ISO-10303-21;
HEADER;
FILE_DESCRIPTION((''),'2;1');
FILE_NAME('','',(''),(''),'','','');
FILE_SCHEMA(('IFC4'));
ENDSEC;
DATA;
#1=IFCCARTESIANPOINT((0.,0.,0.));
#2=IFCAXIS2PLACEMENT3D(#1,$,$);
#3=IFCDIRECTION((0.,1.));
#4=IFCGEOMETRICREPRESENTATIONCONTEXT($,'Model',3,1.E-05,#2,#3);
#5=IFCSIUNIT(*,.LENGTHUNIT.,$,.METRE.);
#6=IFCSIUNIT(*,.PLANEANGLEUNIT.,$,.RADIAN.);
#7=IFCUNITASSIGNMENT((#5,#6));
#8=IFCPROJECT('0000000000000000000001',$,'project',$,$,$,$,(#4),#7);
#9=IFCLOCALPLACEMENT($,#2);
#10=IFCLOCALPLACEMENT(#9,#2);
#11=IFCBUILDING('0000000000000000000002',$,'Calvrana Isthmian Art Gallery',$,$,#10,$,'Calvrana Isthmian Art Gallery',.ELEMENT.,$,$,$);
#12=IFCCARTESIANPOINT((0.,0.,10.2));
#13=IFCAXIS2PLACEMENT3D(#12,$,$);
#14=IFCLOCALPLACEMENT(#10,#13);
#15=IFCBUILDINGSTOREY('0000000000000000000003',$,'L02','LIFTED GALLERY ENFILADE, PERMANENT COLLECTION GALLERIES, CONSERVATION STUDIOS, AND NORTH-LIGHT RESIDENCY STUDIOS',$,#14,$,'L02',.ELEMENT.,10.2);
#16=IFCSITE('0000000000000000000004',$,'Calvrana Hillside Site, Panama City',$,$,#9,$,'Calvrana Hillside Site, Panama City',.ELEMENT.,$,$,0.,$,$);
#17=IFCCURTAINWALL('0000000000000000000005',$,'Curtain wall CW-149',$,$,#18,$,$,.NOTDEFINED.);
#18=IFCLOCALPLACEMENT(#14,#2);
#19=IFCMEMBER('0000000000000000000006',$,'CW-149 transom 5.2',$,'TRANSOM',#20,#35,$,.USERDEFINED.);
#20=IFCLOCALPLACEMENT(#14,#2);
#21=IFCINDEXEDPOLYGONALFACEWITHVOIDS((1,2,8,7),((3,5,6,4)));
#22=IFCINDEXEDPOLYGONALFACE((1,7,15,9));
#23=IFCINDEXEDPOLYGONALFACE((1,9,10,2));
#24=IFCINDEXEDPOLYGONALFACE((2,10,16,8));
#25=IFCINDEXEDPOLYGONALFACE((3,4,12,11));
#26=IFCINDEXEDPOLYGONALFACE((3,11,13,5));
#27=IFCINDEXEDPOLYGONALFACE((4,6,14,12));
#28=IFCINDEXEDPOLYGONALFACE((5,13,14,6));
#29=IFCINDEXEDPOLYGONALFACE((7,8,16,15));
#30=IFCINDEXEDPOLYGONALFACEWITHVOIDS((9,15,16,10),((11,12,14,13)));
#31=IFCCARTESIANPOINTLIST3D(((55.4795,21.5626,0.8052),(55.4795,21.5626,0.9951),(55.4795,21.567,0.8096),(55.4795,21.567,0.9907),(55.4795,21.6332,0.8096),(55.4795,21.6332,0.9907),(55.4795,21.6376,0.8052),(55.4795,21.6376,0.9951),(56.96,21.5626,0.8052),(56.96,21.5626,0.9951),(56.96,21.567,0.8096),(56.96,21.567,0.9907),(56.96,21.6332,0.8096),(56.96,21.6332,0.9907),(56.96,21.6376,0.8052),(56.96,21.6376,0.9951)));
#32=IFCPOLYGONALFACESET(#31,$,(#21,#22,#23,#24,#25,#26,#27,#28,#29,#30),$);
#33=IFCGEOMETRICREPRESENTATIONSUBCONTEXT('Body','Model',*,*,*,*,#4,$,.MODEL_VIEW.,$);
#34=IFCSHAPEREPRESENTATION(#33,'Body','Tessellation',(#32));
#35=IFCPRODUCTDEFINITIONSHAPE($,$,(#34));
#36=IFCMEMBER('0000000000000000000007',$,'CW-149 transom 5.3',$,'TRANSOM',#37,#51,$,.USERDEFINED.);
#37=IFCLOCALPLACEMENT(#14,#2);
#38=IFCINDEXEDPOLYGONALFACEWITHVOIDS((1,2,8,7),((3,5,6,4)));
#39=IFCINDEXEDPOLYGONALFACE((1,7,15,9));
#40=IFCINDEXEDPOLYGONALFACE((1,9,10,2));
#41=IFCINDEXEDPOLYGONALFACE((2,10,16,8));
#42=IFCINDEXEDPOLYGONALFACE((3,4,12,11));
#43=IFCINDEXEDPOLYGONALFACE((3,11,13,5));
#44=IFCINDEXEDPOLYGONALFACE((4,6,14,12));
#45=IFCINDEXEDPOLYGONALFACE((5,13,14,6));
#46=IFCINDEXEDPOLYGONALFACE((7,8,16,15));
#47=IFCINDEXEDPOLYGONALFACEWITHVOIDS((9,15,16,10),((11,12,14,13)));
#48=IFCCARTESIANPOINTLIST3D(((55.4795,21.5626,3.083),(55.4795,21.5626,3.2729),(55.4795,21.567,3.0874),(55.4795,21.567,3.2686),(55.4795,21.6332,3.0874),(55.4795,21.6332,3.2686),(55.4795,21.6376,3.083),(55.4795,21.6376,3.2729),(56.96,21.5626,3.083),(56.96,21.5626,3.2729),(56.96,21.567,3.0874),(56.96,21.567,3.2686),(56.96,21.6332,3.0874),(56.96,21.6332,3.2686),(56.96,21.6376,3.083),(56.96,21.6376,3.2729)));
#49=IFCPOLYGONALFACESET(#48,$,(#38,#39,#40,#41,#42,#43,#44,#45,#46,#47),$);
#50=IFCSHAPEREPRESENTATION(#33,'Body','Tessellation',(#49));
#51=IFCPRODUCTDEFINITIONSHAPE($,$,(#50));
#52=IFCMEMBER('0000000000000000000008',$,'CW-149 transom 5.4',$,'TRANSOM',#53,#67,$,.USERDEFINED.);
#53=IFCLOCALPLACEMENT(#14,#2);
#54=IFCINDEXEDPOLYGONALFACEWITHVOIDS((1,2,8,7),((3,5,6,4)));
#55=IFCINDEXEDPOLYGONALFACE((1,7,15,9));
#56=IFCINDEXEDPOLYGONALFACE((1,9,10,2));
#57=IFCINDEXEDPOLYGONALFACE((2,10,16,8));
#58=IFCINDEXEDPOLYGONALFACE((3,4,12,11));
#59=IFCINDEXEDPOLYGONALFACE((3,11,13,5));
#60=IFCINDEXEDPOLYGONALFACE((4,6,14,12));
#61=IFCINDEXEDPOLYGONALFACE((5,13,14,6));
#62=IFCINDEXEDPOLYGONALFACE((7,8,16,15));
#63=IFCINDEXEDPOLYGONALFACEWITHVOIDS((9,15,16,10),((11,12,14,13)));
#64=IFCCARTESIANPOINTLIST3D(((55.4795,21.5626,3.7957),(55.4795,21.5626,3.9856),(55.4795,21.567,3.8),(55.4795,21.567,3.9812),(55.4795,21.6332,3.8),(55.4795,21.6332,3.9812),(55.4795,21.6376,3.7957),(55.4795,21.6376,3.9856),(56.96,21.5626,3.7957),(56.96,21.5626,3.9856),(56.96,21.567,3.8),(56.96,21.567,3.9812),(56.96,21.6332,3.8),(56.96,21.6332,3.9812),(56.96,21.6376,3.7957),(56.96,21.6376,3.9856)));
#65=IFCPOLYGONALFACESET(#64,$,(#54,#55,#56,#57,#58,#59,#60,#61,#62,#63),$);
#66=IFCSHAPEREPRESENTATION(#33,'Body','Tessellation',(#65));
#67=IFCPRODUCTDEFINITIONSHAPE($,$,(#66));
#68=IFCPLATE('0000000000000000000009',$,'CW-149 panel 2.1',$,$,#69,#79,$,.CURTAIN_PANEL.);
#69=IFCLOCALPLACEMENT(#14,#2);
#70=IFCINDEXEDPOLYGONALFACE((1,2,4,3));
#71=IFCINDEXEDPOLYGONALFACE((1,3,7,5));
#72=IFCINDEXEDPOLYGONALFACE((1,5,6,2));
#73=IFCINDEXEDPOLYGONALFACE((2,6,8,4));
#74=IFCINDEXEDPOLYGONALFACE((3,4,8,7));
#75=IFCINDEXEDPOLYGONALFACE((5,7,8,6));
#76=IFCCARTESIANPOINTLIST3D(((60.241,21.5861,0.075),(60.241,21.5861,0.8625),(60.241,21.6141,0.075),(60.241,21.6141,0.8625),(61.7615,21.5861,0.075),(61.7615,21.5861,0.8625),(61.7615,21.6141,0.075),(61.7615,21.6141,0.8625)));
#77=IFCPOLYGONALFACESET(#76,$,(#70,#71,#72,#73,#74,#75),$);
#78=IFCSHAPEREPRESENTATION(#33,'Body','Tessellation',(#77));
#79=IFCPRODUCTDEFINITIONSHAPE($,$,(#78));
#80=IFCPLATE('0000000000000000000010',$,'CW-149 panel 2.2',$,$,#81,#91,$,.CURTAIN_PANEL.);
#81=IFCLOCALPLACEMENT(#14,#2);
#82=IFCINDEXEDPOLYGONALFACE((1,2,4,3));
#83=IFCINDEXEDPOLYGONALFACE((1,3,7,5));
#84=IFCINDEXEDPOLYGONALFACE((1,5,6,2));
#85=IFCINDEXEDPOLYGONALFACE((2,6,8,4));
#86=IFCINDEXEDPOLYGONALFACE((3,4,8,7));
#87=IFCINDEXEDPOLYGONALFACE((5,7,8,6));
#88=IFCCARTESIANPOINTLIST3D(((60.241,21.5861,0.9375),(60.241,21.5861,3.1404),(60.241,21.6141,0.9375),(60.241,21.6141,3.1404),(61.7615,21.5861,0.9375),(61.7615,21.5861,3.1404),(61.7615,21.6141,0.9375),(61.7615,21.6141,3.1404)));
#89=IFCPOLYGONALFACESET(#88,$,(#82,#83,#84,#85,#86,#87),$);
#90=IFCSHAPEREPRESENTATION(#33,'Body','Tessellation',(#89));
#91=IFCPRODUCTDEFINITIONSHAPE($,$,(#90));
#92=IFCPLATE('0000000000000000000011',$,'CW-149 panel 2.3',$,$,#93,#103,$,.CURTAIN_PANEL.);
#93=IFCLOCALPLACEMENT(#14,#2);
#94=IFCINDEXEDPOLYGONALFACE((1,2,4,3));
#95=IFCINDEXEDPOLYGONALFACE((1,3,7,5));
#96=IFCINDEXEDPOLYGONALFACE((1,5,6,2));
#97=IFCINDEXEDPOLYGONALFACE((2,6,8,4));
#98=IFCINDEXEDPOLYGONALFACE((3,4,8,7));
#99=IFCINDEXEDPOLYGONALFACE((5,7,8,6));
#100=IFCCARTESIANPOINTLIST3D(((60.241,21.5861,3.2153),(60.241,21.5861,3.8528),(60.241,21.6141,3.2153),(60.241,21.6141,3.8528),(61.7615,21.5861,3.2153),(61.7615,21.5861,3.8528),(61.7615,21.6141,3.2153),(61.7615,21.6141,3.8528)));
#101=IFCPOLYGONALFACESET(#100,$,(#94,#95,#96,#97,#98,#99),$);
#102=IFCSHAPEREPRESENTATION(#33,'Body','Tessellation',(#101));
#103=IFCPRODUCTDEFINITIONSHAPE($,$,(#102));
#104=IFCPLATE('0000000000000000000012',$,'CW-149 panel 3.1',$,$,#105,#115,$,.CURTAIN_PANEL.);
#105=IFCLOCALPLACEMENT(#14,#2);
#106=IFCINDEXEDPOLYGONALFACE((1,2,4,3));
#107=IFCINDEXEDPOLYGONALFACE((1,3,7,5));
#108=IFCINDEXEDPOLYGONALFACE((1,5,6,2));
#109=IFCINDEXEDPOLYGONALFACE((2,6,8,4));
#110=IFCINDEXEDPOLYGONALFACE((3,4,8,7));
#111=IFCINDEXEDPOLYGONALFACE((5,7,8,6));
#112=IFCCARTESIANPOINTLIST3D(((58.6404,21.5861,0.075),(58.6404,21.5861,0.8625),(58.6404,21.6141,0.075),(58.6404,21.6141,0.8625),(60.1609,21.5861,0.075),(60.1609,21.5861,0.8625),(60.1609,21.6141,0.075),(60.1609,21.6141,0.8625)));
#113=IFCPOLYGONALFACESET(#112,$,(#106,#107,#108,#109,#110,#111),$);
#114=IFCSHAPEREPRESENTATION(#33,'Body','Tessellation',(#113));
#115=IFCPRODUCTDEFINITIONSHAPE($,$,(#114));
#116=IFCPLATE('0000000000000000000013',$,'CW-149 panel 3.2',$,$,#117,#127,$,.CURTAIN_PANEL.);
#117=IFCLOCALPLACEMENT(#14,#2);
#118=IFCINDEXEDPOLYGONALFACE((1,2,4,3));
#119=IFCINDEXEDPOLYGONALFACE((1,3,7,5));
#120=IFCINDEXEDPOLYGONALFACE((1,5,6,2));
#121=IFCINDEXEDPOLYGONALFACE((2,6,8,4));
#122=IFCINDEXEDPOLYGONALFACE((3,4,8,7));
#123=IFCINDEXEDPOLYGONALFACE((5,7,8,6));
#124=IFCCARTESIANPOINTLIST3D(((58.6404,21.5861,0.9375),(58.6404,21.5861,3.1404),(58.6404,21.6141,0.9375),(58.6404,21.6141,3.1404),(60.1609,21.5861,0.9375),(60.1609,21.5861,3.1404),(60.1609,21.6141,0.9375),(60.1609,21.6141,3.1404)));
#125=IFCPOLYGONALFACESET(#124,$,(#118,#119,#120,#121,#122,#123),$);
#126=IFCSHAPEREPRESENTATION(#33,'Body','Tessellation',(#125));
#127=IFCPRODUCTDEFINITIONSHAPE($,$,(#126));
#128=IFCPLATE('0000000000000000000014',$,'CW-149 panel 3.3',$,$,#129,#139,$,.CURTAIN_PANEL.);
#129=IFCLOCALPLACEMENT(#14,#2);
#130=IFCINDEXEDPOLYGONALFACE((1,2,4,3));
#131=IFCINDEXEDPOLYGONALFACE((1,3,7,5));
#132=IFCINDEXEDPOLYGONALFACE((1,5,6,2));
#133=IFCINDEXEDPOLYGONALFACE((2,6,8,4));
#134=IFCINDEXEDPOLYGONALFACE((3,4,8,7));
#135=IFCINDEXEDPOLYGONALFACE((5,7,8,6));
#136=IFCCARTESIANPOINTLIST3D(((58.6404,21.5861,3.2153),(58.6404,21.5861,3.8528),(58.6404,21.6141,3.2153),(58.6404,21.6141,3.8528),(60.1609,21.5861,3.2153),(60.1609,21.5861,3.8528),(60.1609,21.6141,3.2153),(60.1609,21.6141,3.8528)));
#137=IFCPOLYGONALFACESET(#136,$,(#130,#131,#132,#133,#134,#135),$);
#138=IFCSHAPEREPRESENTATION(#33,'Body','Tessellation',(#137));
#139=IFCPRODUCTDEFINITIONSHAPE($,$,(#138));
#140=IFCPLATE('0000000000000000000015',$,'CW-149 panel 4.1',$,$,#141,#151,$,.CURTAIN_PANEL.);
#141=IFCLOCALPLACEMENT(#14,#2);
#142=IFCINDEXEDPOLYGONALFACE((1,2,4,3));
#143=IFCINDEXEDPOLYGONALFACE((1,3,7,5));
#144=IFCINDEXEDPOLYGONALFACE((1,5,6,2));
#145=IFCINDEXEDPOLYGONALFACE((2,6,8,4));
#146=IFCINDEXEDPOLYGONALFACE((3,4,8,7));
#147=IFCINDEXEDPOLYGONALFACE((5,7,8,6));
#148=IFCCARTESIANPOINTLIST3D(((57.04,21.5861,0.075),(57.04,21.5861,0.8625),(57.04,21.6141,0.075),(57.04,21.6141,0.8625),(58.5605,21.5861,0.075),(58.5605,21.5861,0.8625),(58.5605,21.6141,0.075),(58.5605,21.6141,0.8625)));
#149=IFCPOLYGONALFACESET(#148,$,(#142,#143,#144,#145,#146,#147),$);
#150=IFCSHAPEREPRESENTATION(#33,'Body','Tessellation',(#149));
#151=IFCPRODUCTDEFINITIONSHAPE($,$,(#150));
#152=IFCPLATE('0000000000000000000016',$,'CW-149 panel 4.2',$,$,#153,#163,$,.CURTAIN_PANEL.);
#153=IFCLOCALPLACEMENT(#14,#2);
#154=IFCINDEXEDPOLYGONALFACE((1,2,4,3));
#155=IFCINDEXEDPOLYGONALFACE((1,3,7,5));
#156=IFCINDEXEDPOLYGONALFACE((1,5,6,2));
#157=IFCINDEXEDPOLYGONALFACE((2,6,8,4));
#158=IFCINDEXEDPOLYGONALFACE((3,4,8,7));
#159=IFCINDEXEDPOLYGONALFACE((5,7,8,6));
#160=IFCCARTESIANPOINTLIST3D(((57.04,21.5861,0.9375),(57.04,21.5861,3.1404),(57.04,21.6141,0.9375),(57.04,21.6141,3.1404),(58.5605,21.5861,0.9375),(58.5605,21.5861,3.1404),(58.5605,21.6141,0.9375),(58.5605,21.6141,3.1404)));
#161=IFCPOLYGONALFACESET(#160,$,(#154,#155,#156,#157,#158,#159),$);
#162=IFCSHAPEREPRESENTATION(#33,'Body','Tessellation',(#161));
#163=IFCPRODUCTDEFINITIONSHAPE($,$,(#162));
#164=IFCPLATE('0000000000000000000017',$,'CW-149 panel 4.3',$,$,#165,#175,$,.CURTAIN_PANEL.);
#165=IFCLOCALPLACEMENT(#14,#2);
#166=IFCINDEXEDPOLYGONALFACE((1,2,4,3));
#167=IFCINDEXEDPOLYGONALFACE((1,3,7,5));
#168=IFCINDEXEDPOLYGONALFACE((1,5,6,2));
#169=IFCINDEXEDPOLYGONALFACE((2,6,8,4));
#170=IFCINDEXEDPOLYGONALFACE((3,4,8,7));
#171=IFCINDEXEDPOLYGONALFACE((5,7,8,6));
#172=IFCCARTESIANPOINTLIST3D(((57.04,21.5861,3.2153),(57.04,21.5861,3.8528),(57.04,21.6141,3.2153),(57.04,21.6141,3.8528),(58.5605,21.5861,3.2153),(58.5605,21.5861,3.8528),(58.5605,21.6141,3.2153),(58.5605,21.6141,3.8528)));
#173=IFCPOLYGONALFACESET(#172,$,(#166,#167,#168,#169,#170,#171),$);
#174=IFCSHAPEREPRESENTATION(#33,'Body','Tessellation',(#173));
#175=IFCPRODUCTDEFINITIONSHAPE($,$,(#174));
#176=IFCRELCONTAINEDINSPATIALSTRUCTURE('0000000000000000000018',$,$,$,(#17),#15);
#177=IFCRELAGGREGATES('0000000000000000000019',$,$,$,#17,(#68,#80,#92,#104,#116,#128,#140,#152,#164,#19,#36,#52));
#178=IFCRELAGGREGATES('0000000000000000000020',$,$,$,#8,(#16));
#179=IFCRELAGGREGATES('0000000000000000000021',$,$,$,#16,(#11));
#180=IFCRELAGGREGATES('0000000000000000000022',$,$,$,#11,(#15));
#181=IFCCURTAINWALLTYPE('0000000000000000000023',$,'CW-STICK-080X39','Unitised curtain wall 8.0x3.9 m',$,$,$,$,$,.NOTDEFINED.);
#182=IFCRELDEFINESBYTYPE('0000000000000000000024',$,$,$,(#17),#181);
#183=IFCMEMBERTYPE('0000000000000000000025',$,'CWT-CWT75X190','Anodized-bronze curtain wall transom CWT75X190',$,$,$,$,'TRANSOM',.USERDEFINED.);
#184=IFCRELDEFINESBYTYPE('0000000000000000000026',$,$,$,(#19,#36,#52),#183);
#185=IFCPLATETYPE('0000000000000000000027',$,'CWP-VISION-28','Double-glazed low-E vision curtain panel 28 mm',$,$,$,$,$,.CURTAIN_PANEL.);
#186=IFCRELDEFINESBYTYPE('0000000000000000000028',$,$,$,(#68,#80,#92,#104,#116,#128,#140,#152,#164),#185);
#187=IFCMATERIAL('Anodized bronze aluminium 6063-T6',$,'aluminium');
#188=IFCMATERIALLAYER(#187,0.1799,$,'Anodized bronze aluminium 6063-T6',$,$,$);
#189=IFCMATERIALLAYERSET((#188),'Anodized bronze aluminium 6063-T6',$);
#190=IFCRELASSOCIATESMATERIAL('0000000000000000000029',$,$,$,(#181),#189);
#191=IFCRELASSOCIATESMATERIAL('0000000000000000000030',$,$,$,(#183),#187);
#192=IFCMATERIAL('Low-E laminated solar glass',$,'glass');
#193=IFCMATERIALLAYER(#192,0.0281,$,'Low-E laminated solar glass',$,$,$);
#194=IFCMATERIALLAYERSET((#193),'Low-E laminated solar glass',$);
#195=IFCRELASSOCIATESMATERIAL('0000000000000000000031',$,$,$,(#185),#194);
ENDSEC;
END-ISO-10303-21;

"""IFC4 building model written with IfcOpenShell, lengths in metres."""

from ifc_helpers import new_model, si_unit, direction, frame, origin, origin_2d, place, context, subcontext, project, spatial, rectangle, hollow_rectangle, extrude, material, layer, layer_set, material_profile, profile_set, type_object, element, aggregate, save


model = new_model("IFC4")

# Units and contexts
model_context = context("Model", 3, precision=1e-05, world=origin(), true_north=direction((0.0, 1.0)))
body_context = subcontext(model_context, "Body", "Model", "MODEL_VIEW")
ifc_project = project(units=[si_unit("LENGTHUNIT", "METRE"), si_unit("PLANEANGLEUNIT", "RADIAN")], contexts=[model_context])

# Site, building, storey
site_placement = place(None, origin())
site = spatial("IfcSite", under=ifc_project, at=site_placement, Name="Calvrana Hillside Site, Panama City", LongName="Calvrana Hillside Site, Panama City", CompositionType="ELEMENT", RefElevation=0.0)
building_placement = place(site_placement, origin())
building = spatial("IfcBuilding", under=site, at=building_placement, Name="Calvrana Isthmian Art Gallery", LongName="Calvrana Isthmian Art Gallery", CompositionType="ELEMENT")
storey_placement = place(building_placement, frame((0.0, 0.0, 10.2)))
storey = spatial("IfcBuildingStorey", under=building, at=storey_placement, Name="L02", Description="LIFTED GALLERY ENFILADE, PERMANENT COLLECTION GALLERIES, CONSERVATION STUDIOS, AND NORTH-LIGHT RESIDENCY STUDIOS", LongName="L02", CompositionType="ELEMENT", Elevation=10.2)

# Curtain wall, members, plates
ifc_material_1 = material(Name="Anodized bronze aluminium 6063-T6", Category="aluminium")
ifc_layer_1 = layer(ifc_material_1, 0.1799, Name="Anodized bronze aluminium 6063-T6")
ifc_layer_set_1 = layer_set([ifc_layer_1], Name="Anodized bronze aluminium 6063-T6")
curtain_wall_type = type_object("IfcCurtainWallType", Name="CW-STICK-080X39", Description="Unitised curtain wall 8.0x3.9 m", PredefinedType="NOTDEFINED", material=ifc_layer_set_1)
curtain_wall_placement = place(storey_placement, origin())
curtain_wall = element("IfcCurtainWall", 1, at=curtain_wall_placement, inside=storey, type_object=curtain_wall_type, Name="Curtain wall CW-149", PredefinedType="NOTDEFINED")
ifc_material_profile_1 = material_profile(ifc_material_1, hollow_rectangle(XDim=0.075, YDim=0.1899, WallThickness=0.0044, at=origin_2d()), Name="CWT75X190")
ifc_profile_set_1 = profile_set([ifc_material_profile_1], Name="Anodized bronze aluminium 6063-T6")
member_type_1 = type_object("IfcMemberType", Name="CWT-CWT75X190", Description="Anodized-bronze curtain wall transom CWT75X190", ElementType="TRANSOM", PredefinedType="USERDEFINED", material=ifc_profile_set_1)
member_1_placement = place(storey_placement, frame((56.96, 21.6001, 0.9001), z_axis=(-1.0, 0.0, 0.0), x_axis=(0.0, -1.0, 0.0)))
member_1 = element("IfcMember", 2, at=member_1_placement, type_object=member_type_1, Name="CW-149 transom 5.2", ObjectType="TRANSOM", PredefinedType="USERDEFINED", context=body_context, shape_type="SweptSolid", body=[
    extrude(hollow_rectangle(XDim=0.075, YDim=0.1899, WallThickness=0.0044, at=origin_2d()), origin(), (0.0, 0.0, 1.0), 1.4805),
])
member_2_placement = place(storey_placement, frame((56.96, 21.6001, 3.178), z_axis=(-1.0, 0.0, 0.0), x_axis=(0.0, -1.0, 0.0)))
member_2 = element("IfcMember", 3, at=member_2_placement, type_object=member_type_1, Name="CW-149 transom 5.3", ObjectType="TRANSOM", PredefinedType="USERDEFINED", context=body_context, shape_type="SweptSolid", body=[
    extrude(hollow_rectangle(XDim=0.075, YDim=0.1899, WallThickness=0.0044, at=origin_2d()), origin(), (0.0, 0.0, 1.0), 1.4805),
])
member_3_placement = place(storey_placement, frame((56.96, 21.6001, 3.8906), z_axis=(-1.0, 0.0, 0.0), x_axis=(0.0, -1.0, 0.0)))
member_3 = element("IfcMember", 4, at=member_3_placement, type_object=member_type_1, Name="CW-149 transom 5.4", ObjectType="TRANSOM", PredefinedType="USERDEFINED", context=body_context, shape_type="SweptSolid", body=[
    extrude(hollow_rectangle(XDim=0.075, YDim=0.1899, WallThickness=0.0044, at=origin_2d()), origin(), (0.0, 0.0, 1.0), 1.4805),
])
ifc_material_2 = material(Name="Low-E laminated solar glass", Category="glass")
ifc_layer_2 = layer(ifc_material_2, 0.0281, Name="Low-E laminated solar glass")
ifc_layer_set_2 = layer_set([ifc_layer_2], Name="Low-E laminated solar glass")
plate_type = type_object("IfcPlateType", Name="CWP-VISION-28", Description="Double-glazed low-E vision curtain panel 28 mm", PredefinedType="CURTAIN_PANEL", material=ifc_layer_set_2)
plate_1_placement = place(storey_placement, frame((61.0012, 21.6001, 0.075), z_axis=(0.0, 0.0, 1.0), x_axis=(-1.0, 0.0, 0.0)))
plate_1 = element("IfcPlate", 5, at=plate_1_placement, type_object=plate_type, Name="CW-149 panel 2.1", PredefinedType="CURTAIN_PANEL", context=body_context, shape_type="SweptSolid", body=[
    extrude(rectangle(XDim=1.5205, YDim=0.0281, at=origin_2d()), origin(), (0.0, 0.0, 1.0), 0.7876),
])
plate_2_placement = place(storey_placement, frame((61.0012, 21.6001, 0.9375), z_axis=(0.0, 0.0, 1.0), x_axis=(-1.0, 0.0, 0.0)))
plate_2 = element("IfcPlate", 6, at=plate_2_placement, type_object=plate_type, Name="CW-149 panel 2.2", PredefinedType="CURTAIN_PANEL", context=body_context, shape_type="SweptSolid", body=[
    extrude(rectangle(XDim=1.5205, YDim=0.0281, at=origin_2d()), origin(), (0.0, 0.0, 1.0), 2.2029),
])
plate_3_placement = place(storey_placement, frame((61.0012, 21.6001, 3.2153), z_axis=(0.0, 0.0, 1.0), x_axis=(-1.0, 0.0, 0.0)))
plate_3 = element("IfcPlate", 7, at=plate_3_placement, type_object=plate_type, Name="CW-149 panel 2.3", PredefinedType="CURTAIN_PANEL", context=body_context, shape_type="SweptSolid", body=[
    extrude(rectangle(XDim=1.5205, YDim=0.0281, at=origin_2d()), origin(), (0.0, 0.0, 1.0), 0.6375),
])
plate_4_placement = place(storey_placement, frame((59.4006, 21.6001, 0.075), z_axis=(0.0, 0.0, 1.0), x_axis=(-1.0, 0.0, 0.0)))
plate_4 = element("IfcPlate", 8, at=plate_4_placement, type_object=plate_type, Name="CW-149 panel 3.1", PredefinedType="CURTAIN_PANEL", context=body_context, shape_type="SweptSolid", body=[
    extrude(rectangle(XDim=1.5205, YDim=0.0281, at=origin_2d()), origin(), (0.0, 0.0, 1.0), 0.7876),
])
plate_5_placement = place(storey_placement, frame((59.4006, 21.6001, 0.9375), z_axis=(0.0, 0.0, 1.0), x_axis=(-1.0, 0.0, 0.0)))
plate_5 = element("IfcPlate", 9, at=plate_5_placement, type_object=plate_type, Name="CW-149 panel 3.2", PredefinedType="CURTAIN_PANEL", context=body_context, shape_type="SweptSolid", body=[
    extrude(rectangle(XDim=1.5205, YDim=0.0281, at=origin_2d()), origin(), (0.0, 0.0, 1.0), 2.2029),
])
plate_6_placement = place(storey_placement, frame((59.4006, 21.6001, 3.2153), z_axis=(0.0, 0.0, 1.0), x_axis=(-1.0, 0.0, 0.0)))
plate_6 = element("IfcPlate", 10, at=plate_6_placement, type_object=plate_type, Name="CW-149 panel 3.3", PredefinedType="CURTAIN_PANEL", context=body_context, shape_type="SweptSolid", body=[
    extrude(rectangle(XDim=1.5205, YDim=0.0281, at=origin_2d()), origin(), (0.0, 0.0, 1.0), 0.6375),
])
plate_7_placement = place(storey_placement, frame((57.8003, 21.6001, 0.075), z_axis=(0.0, 0.0, 1.0), x_axis=(-1.0, 0.0, 0.0)))
plate_7 = element("IfcPlate", 11, at=plate_7_placement, type_object=plate_type, Name="CW-149 panel 4.1", PredefinedType="CURTAIN_PANEL", context=body_context, shape_type="SweptSolid", body=[
    extrude(rectangle(XDim=1.5205, YDim=0.0281, at=origin_2d()), origin(), (0.0, 0.0, 1.0), 0.7876),
])
plate_8_placement = place(storey_placement, frame((57.8003, 21.6001, 0.9375), z_axis=(0.0, 0.0, 1.0), x_axis=(-1.0, 0.0, 0.0)))
plate_8 = element("IfcPlate", 12, at=plate_8_placement, type_object=plate_type, Name="CW-149 panel 4.2", PredefinedType="CURTAIN_PANEL", context=body_context, shape_type="SweptSolid", body=[
    extrude(rectangle(XDim=1.5205, YDim=0.0281, at=origin_2d()), origin(), (0.0, 0.0, 1.0), 2.2029),
])
plate_9_placement = place(storey_placement, frame((57.8003, 21.6001, 3.2153), z_axis=(0.0, 0.0, 1.0), x_axis=(-1.0, 0.0, 0.0)))
plate_9 = element("IfcPlate", 13, at=plate_9_placement, type_object=plate_type, Name="CW-149 panel 4.3", PredefinedType="CURTAIN_PANEL", context=body_context, shape_type="SweptSolid", body=[
    extrude(rectangle(XDim=1.5205, YDim=0.0281, at=origin_2d()), origin(), (0.0, 0.0, 1.0), 0.6375),
])
aggregate(curtain_wall, [plate_1, plate_2, plate_3, plate_4, plate_5, plate_6, plate_7, plate_8, plate_9, member_1, member_2, member_3])

save(model, "model.ifc")
